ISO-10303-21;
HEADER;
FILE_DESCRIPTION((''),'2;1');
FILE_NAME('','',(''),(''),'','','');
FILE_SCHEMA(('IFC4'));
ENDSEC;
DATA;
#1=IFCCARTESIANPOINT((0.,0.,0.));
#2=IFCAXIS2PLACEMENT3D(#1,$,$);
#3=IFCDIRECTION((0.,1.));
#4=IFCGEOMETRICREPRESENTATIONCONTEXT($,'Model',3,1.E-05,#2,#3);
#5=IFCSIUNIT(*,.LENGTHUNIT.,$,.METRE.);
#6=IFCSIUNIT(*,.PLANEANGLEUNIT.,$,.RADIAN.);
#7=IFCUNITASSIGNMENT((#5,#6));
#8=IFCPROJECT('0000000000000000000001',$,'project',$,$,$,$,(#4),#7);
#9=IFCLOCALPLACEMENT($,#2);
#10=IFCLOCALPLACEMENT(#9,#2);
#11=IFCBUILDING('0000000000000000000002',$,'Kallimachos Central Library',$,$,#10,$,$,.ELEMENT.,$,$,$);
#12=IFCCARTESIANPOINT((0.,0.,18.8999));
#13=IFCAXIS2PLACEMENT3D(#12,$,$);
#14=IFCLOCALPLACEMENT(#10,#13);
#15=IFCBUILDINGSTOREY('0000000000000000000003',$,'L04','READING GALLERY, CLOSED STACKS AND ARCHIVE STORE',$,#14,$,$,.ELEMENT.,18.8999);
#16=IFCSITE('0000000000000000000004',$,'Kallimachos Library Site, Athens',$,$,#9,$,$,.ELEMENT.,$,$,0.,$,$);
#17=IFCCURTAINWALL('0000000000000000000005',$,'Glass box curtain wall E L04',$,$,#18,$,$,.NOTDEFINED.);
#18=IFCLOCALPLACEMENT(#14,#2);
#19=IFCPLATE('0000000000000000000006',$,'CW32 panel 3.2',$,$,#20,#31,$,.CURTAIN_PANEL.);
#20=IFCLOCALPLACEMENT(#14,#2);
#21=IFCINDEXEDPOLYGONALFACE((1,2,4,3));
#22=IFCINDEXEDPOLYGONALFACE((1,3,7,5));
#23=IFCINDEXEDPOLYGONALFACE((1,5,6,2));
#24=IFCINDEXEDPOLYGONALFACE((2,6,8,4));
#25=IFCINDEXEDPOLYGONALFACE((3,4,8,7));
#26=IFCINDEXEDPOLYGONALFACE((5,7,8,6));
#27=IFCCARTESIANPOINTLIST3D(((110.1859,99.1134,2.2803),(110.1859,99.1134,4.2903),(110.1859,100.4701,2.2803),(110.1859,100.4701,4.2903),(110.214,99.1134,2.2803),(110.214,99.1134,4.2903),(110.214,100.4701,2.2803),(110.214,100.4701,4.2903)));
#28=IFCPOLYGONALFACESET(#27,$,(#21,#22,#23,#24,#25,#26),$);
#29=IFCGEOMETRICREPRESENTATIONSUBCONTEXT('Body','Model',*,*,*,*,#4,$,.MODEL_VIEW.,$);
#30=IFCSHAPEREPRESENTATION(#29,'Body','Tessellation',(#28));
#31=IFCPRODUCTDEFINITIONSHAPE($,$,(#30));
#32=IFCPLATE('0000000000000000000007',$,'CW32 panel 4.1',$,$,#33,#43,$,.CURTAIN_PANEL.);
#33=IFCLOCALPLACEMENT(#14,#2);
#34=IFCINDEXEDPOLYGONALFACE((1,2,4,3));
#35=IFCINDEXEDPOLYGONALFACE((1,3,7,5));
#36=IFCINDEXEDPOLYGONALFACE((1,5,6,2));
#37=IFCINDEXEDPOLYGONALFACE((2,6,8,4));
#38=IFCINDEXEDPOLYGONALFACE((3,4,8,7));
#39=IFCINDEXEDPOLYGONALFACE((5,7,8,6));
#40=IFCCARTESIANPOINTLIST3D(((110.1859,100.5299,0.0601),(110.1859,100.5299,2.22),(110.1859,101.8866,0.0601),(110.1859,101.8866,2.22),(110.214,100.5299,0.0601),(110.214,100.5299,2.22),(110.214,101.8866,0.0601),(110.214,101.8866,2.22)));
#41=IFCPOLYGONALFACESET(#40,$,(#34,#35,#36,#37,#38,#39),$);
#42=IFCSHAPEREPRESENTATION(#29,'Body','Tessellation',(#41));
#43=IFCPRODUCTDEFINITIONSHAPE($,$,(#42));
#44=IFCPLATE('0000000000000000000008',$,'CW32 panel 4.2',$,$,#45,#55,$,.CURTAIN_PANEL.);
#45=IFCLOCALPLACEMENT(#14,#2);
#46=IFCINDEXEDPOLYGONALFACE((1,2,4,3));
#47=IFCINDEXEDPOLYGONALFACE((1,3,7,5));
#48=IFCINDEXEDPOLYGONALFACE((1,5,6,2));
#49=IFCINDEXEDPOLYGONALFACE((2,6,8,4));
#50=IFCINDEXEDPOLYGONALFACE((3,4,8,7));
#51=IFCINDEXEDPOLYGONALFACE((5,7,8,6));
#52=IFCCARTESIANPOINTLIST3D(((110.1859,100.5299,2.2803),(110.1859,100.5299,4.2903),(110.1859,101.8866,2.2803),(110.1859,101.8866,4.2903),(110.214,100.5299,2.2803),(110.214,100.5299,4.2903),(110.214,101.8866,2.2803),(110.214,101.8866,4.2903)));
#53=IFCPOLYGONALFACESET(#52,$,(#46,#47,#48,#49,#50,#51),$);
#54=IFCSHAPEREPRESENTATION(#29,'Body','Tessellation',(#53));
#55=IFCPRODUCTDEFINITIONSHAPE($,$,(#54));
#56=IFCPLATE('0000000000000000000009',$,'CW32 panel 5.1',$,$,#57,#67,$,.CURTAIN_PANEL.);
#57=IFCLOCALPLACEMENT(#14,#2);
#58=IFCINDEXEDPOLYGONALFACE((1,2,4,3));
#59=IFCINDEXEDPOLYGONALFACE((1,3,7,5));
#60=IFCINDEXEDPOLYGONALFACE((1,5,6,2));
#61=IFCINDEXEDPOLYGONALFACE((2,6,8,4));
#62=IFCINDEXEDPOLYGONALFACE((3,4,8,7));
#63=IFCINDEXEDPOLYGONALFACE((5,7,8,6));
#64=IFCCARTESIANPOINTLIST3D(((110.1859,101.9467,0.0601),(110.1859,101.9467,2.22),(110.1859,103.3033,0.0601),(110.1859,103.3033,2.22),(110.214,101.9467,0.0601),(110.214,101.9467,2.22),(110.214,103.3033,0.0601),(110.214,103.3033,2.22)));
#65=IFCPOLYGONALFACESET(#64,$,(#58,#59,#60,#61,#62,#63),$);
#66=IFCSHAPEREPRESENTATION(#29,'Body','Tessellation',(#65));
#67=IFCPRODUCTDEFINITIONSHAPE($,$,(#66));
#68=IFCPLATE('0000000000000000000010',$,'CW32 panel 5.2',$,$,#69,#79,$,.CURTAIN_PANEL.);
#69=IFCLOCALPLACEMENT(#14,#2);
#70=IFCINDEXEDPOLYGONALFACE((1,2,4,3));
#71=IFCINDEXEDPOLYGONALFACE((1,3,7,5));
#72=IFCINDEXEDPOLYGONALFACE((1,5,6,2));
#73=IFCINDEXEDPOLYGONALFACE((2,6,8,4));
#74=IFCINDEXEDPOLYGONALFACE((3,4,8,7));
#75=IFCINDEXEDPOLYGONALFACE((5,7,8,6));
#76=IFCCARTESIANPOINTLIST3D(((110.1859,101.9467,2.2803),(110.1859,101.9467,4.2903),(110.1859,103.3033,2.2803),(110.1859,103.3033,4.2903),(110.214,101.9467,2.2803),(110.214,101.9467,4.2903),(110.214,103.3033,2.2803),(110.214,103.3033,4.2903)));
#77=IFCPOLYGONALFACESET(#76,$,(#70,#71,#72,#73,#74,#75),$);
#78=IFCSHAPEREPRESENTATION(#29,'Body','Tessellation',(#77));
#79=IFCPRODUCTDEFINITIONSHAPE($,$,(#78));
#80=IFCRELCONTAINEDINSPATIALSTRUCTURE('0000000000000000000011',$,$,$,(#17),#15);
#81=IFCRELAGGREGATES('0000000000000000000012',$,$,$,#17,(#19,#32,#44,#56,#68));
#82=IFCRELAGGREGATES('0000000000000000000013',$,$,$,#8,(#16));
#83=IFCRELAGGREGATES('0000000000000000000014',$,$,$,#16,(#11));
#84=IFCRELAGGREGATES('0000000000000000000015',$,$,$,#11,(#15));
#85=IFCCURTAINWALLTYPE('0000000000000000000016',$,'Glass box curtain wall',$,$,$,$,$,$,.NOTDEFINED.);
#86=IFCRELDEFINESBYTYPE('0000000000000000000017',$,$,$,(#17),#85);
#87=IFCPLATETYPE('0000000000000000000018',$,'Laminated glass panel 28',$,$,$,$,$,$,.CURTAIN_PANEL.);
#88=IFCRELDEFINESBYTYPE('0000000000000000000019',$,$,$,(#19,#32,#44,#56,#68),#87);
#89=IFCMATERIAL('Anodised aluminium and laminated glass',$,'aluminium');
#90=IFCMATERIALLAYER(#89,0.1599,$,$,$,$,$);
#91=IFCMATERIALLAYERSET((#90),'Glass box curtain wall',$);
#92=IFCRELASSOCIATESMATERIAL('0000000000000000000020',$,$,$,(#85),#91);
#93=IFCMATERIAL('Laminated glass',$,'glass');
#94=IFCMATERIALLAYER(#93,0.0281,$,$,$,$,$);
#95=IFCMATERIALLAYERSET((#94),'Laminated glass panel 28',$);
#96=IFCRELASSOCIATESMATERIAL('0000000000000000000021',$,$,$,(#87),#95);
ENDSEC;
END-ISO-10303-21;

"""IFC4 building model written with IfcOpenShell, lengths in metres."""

from ifc_helpers import new_model, si_unit, direction, frame, origin, origin_2d, place, context, subcontext, project, spatial, rectangle, extrude, material, layer, layer_set, type_object, element, aggregate, save


model = new_model("IFC4")

# Units and contexts
model_context = context("Model", 3, precision=1e-05, world=origin(), true_north=direction((0.0, 1.0)))
body_context = subcontext(model_context, "Body", "Model", "MODEL_VIEW")
ifc_project = project(units=[si_unit("LENGTHUNIT", "METRE"), si_unit("PLANEANGLEUNIT", "RADIAN")], contexts=[model_context])

# Site, building, storey
site_placement = place(None, origin())
site = spatial("IfcSite", under=ifc_project, at=site_placement, Name="Kallimachos Library Site, Athens", CompositionType="ELEMENT", RefElevation=0.0)
building_placement = place(site_placement, origin())
building = spatial("IfcBuilding", under=site, at=building_placement, Name="Kallimachos Central Library", CompositionType="ELEMENT")
storey_placement = place(building_placement, frame((0.0, 0.0, 18.8999)))
storey = spatial("IfcBuildingStorey", under=building, at=storey_placement, Name="L04", Description="READING GALLERY, CLOSED STACKS AND ARCHIVE STORE", CompositionType="ELEMENT", Elevation=18.8999)

# Curtain wall
ifc_material_1 = material(Name="Anodised aluminium and laminated glass", Category="aluminium")
ifc_layer_1 = layer(ifc_material_1, 0.1599)
ifc_layer_set_1 = layer_set([ifc_layer_1], Name="Glass box curtain wall")
curtain_wall_type = type_object("IfcCurtainWallType", Name="Glass box curtain wall", PredefinedType="NOTDEFINED", material=ifc_layer_set_1)
curtain_wall_placement = place(storey_placement, origin())
curtain_wall = element("IfcCurtainWall", 1, at=curtain_wall_placement, inside=storey, type_object=curtain_wall_type, Name="Glass box curtain wall E L04", PredefinedType="NOTDEFINED")

# Plates
ifc_material_2 = material(Name="Laminated glass", Category="glass")
ifc_layer_2 = layer(ifc_material_2, 0.0281)
ifc_layer_set_2 = layer_set([ifc_layer_2], Name="Laminated glass panel 28")
plate_type = type_object("IfcPlateType", Name="Laminated glass panel 28", PredefinedType="CURTAIN_PANEL", material=ifc_layer_set_2)
plate_1_placement = place(storey_placement, frame((110.2, 99.7917, 2.2803), z_axis=(0.0, 0.0, 1.0), x_axis=(0.0, 1.0, 0.0)))
plate_1 = element("IfcPlate", 2, at=plate_1_placement, type_object=plate_type, Name="CW32 panel 3.2", PredefinedType="CURTAIN_PANEL", context=body_context, shape_type="SweptSolid", body=[
    extrude(rectangle(XDim=1.3567, YDim=0.0281, at=origin_2d()), origin(), (0.0, 0.0, 1.0), 2.01),
])
plate_2_placement = place(storey_placement, frame((110.2, 101.2083, 0.0601), z_axis=(0.0, 0.0, 1.0), x_axis=(0.0, 1.0, 0.0)))
plate_2 = element("IfcPlate", 3, at=plate_2_placement, type_object=plate_type, Name="CW32 panel 4.1", PredefinedType="CURTAIN_PANEL", context=body_context, shape_type="SweptSolid", body=[
    extrude(rectangle(XDim=1.3567, YDim=0.0281, at=origin_2d()), origin(), (0.0, 0.0, 1.0), 2.1599),
])
plate_3_placement = place(storey_placement, frame((110.2, 101.2083, 2.2803), z_axis=(0.0, 0.0, 1.0), x_axis=(0.0, 1.0, 0.0)))
plate_3 = element("IfcPlate", 4, at=plate_3_placement, type_object=plate_type, Name="CW32 panel 4.2", PredefinedType="CURTAIN_PANEL", context=body_context, shape_type="SweptSolid", body=[
    extrude(rectangle(XDim=1.3567, YDim=0.0281, at=origin_2d()), origin(), (0.0, 0.0, 1.0), 2.01),
])
plate_4_placement = place(storey_placement, frame((110.2, 102.625, 0.0601), z_axis=(0.0, 0.0, 1.0), x_axis=(0.0, 1.0, 0.0)))
plate_4 = element("IfcPlate", 5, at=plate_4_placement, type_object=plate_type, Name="CW32 panel 5.1", PredefinedType="CURTAIN_PANEL", context=body_context, shape_type="SweptSolid", body=[
    extrude(rectangle(XDim=1.3567, YDim=0.0281, at=origin_2d()), origin(), (0.0, 0.0, 1.0), 2.1599),
])
plate_5_placement = place(storey_placement, frame((110.2, 102.625, 2.2803), z_axis=(0.0, 0.0, 1.0), x_axis=(0.0, 1.0, 0.0)))
plate_5 = element("IfcPlate", 6, at=plate_5_placement, type_object=plate_type, Name="CW32 panel 5.2", PredefinedType="CURTAIN_PANEL", context=body_context, shape_type="SweptSolid", body=[
    extrude(rectangle(XDim=1.3567, YDim=0.0281, at=origin_2d()), origin(), (0.0, 0.0, 1.0), 2.01),
])
aggregate(curtain_wall, [plate_1, plate_2, plate_3, plate_4, plate_5])

save(model, "model.ifc")
